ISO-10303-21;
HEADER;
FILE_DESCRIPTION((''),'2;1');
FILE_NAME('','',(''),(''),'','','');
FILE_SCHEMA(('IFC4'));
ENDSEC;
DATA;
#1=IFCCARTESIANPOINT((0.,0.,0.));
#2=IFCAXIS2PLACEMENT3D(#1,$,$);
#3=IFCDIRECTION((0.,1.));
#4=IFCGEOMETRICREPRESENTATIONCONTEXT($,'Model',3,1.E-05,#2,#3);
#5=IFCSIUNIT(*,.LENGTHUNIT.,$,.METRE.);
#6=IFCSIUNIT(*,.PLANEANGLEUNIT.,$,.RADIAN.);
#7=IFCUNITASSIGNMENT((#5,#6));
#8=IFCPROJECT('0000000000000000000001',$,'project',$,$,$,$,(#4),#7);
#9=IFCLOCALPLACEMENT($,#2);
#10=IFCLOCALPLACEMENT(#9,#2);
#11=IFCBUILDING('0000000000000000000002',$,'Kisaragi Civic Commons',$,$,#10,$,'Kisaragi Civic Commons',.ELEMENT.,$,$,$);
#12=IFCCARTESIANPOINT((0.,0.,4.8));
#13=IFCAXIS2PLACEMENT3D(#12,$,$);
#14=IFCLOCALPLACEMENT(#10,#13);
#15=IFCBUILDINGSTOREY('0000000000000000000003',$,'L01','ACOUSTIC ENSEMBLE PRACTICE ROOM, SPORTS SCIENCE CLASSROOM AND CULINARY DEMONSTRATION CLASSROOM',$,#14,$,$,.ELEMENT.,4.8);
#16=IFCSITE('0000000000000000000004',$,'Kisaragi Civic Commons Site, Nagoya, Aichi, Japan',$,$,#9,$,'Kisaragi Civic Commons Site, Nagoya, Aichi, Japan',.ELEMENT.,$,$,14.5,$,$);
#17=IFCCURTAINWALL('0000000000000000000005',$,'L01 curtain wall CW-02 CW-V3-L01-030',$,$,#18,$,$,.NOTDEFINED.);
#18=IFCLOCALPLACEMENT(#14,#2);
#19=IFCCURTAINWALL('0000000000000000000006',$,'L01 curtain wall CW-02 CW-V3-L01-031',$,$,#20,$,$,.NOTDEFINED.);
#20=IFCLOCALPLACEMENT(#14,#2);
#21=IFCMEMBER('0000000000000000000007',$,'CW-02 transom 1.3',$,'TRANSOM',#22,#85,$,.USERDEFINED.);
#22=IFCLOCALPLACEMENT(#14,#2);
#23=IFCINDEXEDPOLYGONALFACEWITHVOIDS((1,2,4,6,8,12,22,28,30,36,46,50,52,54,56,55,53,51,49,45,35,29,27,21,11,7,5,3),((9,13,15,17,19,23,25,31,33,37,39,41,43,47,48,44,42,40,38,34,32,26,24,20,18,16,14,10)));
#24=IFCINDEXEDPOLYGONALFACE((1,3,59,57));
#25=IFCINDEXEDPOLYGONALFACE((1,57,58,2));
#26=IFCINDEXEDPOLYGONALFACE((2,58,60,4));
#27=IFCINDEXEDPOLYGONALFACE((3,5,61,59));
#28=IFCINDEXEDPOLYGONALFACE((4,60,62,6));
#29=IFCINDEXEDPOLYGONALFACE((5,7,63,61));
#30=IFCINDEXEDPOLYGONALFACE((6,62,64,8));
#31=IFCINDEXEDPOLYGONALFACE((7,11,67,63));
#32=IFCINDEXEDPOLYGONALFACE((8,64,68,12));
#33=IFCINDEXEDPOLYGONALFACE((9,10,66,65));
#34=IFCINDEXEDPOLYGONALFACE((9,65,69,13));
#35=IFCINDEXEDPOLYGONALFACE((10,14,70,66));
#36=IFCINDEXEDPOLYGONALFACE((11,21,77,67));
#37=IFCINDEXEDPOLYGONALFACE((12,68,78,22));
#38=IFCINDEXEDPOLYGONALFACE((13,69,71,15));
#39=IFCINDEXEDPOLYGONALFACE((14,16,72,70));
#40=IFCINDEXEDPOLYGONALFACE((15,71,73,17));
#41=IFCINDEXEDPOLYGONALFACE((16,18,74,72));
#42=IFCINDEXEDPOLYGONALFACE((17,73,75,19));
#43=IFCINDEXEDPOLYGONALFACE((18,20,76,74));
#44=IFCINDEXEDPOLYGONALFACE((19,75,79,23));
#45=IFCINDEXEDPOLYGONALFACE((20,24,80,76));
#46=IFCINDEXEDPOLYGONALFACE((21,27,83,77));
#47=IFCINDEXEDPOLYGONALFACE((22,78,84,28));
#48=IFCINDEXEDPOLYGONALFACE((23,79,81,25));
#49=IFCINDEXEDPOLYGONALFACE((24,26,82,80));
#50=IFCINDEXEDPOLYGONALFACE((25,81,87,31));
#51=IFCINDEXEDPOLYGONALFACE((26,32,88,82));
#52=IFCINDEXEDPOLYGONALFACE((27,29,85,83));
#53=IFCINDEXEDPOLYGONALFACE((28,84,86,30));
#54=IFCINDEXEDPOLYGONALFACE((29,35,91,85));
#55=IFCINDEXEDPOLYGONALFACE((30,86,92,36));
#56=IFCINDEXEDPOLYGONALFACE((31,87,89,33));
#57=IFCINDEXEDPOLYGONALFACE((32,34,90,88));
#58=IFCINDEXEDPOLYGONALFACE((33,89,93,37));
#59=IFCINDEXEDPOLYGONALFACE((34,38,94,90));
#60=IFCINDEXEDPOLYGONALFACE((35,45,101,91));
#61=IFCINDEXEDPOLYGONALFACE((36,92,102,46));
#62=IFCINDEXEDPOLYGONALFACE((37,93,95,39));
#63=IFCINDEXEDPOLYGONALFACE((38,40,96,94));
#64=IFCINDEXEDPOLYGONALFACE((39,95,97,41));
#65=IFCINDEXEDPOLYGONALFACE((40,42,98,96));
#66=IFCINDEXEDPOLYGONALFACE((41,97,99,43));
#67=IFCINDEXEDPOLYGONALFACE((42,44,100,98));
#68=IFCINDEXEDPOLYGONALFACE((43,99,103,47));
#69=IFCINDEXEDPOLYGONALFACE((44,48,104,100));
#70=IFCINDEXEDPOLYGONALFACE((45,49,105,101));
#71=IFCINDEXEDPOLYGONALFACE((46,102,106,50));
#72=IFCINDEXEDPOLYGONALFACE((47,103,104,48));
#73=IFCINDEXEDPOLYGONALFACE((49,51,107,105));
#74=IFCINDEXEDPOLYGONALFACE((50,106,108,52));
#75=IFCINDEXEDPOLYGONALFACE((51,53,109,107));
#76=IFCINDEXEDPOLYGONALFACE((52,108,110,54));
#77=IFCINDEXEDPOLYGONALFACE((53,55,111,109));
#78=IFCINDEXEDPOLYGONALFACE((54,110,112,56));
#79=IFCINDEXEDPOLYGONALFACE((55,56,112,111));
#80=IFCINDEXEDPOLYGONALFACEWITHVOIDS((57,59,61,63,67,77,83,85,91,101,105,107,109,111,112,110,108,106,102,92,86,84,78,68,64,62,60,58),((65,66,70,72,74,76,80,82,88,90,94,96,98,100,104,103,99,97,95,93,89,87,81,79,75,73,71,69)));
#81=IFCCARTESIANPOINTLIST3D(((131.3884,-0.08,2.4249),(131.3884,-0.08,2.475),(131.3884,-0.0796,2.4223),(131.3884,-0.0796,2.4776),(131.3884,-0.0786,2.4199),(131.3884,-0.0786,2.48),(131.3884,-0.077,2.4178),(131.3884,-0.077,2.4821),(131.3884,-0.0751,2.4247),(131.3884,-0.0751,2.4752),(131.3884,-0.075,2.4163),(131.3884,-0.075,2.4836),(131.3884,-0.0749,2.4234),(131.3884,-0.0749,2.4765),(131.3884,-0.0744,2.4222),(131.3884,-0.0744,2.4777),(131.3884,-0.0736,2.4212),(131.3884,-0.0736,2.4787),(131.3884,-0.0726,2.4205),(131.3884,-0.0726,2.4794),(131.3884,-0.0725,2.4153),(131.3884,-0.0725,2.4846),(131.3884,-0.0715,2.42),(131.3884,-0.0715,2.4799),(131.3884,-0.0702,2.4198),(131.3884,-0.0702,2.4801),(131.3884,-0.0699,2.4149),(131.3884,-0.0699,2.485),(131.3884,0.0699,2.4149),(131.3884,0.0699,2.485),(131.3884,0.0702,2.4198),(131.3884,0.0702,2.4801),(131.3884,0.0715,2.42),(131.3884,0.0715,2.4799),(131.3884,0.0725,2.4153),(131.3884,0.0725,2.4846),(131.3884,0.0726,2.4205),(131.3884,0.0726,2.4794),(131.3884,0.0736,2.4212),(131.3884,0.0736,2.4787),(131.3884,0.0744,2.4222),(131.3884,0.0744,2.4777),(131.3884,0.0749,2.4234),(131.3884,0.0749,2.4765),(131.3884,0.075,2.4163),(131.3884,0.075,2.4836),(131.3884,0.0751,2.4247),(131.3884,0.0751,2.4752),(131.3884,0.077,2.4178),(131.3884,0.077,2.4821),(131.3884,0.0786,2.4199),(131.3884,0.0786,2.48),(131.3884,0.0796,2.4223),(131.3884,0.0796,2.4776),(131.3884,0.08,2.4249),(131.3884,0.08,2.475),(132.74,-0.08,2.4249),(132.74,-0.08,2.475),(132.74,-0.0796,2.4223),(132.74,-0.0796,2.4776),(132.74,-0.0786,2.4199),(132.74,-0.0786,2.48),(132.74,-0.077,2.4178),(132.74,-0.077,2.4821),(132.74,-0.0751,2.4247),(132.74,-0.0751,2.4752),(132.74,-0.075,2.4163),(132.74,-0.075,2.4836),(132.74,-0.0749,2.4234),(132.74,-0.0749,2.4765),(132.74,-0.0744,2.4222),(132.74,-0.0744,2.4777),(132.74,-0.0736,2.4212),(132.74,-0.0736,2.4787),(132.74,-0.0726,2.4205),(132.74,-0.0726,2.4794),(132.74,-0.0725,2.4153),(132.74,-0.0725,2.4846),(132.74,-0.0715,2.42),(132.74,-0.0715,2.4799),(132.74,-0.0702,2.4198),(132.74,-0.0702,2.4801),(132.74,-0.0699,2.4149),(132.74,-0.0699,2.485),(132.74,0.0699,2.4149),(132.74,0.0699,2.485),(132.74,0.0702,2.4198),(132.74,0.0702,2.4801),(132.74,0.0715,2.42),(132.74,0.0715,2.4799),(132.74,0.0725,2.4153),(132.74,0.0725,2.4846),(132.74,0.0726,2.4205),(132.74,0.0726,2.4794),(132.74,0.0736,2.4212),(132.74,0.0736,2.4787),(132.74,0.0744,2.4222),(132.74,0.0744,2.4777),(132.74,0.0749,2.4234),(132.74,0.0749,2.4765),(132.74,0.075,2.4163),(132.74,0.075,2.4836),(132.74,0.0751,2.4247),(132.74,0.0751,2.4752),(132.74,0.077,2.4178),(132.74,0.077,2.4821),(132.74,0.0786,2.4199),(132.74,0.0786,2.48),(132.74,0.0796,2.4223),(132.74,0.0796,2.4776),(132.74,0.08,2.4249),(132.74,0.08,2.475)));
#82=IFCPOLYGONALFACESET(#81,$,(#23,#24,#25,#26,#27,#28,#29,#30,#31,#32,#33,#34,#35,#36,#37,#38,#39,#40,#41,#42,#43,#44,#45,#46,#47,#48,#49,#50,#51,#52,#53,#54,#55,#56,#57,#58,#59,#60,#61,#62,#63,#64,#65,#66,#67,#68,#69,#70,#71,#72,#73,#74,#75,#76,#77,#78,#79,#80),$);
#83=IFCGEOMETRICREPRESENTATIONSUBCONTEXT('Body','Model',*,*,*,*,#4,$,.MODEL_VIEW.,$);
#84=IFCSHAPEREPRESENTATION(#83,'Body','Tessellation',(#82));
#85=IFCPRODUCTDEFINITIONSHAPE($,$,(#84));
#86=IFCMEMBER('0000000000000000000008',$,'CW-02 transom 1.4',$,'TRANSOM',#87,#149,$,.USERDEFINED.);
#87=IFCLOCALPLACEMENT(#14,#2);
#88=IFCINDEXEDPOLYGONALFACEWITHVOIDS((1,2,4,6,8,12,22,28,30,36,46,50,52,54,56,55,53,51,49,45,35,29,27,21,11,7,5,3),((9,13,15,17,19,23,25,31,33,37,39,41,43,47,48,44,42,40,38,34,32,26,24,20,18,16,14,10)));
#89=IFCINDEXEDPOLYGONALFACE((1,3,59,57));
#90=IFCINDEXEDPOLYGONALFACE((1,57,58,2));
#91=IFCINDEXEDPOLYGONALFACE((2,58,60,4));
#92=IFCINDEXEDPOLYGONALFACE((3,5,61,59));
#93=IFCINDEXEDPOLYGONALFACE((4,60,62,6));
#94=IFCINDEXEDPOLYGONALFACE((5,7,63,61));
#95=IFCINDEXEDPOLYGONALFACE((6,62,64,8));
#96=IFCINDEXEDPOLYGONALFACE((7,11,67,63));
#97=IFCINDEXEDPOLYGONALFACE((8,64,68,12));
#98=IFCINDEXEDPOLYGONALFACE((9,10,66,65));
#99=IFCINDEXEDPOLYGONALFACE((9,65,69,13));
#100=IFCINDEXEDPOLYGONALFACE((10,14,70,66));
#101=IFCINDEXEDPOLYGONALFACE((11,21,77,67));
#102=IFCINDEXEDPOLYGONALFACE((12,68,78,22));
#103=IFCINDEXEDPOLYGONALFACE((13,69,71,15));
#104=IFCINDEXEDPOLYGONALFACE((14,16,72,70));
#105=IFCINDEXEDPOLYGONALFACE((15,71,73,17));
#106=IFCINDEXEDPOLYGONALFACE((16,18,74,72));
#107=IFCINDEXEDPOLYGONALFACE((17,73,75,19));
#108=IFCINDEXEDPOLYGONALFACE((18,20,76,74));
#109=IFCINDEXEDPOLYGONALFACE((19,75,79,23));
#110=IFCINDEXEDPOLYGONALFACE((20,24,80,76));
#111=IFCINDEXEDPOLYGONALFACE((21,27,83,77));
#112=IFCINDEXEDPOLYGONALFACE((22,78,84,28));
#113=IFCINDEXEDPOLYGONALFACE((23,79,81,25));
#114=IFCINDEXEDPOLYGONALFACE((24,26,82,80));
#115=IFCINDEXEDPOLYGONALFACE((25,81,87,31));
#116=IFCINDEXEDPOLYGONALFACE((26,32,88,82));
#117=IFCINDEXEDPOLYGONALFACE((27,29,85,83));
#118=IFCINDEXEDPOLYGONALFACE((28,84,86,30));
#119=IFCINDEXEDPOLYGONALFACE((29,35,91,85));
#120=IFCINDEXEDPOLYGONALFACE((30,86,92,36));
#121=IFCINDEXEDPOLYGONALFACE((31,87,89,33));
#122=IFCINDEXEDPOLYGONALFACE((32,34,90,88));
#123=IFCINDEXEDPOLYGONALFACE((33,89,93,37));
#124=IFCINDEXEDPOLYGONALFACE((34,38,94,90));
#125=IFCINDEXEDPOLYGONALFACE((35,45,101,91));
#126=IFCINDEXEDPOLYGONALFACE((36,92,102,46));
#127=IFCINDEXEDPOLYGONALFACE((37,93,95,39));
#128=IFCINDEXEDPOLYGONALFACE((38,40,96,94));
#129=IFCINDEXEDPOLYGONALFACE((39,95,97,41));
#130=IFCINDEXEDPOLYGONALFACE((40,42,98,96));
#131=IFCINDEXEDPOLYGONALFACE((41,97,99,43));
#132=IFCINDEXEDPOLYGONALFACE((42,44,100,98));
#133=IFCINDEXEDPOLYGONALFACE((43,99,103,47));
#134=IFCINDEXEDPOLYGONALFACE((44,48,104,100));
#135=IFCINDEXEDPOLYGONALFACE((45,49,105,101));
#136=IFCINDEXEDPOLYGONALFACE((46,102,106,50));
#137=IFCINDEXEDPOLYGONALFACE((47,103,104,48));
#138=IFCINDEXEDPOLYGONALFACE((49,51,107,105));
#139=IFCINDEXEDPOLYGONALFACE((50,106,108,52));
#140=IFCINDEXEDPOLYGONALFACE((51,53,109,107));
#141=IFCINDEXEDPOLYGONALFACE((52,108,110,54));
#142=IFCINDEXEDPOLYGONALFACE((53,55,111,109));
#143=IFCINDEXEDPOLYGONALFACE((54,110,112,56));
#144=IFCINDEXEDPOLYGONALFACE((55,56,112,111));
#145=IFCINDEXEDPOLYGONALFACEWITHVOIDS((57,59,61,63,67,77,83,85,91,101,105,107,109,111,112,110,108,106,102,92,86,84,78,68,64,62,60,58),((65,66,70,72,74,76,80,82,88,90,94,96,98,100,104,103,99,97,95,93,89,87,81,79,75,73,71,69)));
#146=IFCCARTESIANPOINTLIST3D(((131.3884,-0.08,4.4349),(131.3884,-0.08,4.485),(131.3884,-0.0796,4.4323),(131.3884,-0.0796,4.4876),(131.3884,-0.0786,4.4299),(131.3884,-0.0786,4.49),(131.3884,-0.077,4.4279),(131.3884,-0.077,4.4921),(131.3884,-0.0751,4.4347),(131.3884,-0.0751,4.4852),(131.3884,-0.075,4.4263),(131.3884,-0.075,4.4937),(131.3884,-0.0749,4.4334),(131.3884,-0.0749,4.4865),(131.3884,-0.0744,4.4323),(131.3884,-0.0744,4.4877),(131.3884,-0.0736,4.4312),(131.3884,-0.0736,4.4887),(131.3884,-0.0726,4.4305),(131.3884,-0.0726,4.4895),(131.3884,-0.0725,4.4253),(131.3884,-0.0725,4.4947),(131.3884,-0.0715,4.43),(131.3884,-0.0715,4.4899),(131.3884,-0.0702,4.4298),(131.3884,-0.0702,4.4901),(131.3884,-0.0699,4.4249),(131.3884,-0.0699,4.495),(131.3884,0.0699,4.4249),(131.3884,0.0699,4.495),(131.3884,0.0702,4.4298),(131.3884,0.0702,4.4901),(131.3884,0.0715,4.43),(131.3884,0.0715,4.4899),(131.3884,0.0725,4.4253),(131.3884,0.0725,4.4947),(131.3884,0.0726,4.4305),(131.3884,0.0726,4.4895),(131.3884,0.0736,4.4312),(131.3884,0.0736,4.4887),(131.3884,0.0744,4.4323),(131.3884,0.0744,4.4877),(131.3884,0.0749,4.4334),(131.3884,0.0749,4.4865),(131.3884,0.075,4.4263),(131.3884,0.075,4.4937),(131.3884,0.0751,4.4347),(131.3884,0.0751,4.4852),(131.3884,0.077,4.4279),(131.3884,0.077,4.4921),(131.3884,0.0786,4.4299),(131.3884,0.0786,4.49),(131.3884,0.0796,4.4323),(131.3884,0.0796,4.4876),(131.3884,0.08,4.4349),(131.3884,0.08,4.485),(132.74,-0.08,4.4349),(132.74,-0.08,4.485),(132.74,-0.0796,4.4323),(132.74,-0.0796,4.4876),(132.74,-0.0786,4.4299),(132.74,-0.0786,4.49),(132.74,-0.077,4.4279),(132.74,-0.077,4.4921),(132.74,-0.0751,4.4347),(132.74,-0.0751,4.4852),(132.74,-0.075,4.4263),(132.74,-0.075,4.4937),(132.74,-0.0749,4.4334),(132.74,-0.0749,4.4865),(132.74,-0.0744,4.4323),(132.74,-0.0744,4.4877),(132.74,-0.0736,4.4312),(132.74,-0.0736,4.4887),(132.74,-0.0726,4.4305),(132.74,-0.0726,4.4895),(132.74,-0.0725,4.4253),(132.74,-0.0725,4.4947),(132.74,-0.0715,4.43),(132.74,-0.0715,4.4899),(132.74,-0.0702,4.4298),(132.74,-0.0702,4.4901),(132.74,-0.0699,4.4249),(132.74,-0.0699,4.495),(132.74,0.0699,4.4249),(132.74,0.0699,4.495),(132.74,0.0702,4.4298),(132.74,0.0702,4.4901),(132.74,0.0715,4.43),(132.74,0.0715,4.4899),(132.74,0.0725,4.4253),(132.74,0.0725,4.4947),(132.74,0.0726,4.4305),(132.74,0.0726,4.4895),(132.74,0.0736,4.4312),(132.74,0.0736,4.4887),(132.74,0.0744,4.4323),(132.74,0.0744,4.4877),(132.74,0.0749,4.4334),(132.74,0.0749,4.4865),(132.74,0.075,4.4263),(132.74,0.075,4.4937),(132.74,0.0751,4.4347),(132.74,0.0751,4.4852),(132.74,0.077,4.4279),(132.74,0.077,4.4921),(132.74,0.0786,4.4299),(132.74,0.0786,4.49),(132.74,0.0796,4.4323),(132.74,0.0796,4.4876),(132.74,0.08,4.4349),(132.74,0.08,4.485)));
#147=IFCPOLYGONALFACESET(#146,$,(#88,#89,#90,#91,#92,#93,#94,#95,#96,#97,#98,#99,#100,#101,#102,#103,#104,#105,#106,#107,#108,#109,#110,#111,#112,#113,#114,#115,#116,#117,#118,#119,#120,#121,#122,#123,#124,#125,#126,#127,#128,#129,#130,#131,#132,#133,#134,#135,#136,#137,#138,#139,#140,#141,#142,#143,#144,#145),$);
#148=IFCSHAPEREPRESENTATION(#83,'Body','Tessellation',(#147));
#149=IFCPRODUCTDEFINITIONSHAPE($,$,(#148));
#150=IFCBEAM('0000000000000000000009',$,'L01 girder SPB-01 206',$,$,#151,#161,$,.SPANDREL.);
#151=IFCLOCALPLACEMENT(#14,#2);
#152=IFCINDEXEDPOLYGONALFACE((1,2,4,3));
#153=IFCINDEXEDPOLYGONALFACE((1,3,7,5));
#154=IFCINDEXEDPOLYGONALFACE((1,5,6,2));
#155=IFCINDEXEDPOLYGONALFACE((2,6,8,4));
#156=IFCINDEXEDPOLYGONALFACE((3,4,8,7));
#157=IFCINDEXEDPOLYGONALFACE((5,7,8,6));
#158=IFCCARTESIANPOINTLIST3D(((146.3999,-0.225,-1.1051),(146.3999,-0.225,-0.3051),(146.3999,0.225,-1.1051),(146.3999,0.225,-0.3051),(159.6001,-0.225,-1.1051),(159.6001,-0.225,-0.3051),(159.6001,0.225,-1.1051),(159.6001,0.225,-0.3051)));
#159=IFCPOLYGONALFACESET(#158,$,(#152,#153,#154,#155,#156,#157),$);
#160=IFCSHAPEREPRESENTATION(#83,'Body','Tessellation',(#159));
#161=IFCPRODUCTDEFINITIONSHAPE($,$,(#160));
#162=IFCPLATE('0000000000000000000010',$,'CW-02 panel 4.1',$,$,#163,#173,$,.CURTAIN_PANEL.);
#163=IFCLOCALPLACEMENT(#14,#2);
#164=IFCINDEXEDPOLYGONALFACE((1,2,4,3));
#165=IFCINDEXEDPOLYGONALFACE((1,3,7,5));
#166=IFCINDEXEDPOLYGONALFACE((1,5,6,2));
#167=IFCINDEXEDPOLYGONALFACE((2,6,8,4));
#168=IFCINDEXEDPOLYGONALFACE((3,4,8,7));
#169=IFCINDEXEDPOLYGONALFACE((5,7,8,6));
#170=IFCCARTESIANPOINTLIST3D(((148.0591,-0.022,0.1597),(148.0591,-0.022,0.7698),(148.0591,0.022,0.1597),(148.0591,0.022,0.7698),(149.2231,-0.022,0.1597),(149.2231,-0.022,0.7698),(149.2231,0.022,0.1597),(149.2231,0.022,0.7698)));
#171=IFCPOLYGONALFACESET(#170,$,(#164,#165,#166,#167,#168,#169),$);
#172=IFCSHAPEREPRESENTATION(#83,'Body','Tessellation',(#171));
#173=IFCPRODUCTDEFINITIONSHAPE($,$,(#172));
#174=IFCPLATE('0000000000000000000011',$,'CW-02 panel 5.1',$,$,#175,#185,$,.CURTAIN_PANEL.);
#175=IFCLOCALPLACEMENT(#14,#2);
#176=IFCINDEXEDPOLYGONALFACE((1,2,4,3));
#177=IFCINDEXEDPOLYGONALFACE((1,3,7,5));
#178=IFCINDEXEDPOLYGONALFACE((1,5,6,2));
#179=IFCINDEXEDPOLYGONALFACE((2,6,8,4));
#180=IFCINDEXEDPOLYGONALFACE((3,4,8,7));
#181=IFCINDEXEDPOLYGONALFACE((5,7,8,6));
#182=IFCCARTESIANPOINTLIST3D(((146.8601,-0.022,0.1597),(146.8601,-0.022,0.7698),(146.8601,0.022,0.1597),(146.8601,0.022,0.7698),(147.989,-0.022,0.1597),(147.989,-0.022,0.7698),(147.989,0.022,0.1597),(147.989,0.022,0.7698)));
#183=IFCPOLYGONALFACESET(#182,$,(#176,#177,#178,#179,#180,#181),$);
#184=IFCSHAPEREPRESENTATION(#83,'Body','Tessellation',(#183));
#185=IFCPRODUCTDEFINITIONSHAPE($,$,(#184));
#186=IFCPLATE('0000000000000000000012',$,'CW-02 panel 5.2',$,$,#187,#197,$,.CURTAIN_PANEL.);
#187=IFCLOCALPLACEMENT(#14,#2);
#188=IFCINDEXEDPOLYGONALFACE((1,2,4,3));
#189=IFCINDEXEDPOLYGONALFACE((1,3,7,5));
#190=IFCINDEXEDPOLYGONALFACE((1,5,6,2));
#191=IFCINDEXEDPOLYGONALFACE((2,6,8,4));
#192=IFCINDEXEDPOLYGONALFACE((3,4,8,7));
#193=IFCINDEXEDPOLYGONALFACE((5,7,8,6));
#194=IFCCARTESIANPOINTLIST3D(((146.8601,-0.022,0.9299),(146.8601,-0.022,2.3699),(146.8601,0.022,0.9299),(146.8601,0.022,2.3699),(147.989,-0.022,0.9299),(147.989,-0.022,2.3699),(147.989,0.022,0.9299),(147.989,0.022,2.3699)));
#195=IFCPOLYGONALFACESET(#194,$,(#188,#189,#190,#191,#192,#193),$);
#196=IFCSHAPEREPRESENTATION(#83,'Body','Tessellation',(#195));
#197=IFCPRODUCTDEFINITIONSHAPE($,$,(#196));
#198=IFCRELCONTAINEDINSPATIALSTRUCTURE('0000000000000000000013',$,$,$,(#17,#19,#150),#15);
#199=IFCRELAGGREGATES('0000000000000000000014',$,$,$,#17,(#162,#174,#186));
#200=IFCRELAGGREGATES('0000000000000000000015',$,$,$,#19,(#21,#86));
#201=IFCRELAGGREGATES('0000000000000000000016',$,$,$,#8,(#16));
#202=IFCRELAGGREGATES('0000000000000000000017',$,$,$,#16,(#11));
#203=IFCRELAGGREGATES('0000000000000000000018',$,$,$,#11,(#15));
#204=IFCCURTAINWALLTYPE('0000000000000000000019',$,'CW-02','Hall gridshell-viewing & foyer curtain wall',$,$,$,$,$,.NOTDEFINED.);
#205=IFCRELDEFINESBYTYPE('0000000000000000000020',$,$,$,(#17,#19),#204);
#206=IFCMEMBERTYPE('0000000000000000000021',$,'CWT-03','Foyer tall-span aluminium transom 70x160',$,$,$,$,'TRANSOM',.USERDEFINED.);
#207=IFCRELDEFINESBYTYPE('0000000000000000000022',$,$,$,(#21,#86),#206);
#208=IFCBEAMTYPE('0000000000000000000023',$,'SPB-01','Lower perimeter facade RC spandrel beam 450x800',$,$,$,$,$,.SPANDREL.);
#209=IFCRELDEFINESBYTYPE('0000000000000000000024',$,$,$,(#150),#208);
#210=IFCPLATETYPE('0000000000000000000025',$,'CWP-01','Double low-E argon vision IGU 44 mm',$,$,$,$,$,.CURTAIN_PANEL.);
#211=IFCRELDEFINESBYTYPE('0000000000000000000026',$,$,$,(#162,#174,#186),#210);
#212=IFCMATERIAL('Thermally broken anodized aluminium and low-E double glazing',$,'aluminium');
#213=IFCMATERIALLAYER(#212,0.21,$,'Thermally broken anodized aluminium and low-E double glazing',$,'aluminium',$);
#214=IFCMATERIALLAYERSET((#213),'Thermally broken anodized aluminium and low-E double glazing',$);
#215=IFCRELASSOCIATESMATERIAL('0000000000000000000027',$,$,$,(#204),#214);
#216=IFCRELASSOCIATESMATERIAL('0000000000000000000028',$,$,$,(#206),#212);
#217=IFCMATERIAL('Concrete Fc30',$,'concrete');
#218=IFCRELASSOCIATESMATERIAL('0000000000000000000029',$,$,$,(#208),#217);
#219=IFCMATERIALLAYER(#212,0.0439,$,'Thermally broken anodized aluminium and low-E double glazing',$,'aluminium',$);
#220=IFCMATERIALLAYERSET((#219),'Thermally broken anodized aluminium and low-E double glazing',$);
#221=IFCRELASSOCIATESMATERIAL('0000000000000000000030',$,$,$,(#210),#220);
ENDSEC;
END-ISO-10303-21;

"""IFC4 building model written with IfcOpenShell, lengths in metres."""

from ifc_helpers import new_model, si_unit, direction, frame, origin, origin_2d, place, context, subcontext, project, spatial, rectangle, hollow_rectangle, extrude, material, layer, layer_set, material_profile, profile_set, type_object, element, aggregate, save


model = new_model("IFC4")

# Units and contexts
model_context = context("Model", 3, precision=1e-05, world=origin(), true_north=direction((0.0, 1.0)))
body_context = subcontext(model_context, "Body", "Model", "MODEL_VIEW")
ifc_project = project(units=[si_unit("LENGTHUNIT", "METRE"), si_unit("PLANEANGLEUNIT", "RADIAN")], contexts=[model_context])

# Site, building, storey
site_placement = place(None, origin())
site = spatial("IfcSite", under=ifc_project, at=site_placement, Name="Kisaragi Civic Commons Site, Nagoya, Aichi, Japan", LongName="Kisaragi Civic Commons Site, Nagoya, Aichi, Japan", CompositionType="ELEMENT", RefElevation=14.5)
building_placement = place(site_placement, origin())
building = spatial("IfcBuilding", under=site, at=building_placement, Name="Kisaragi Civic Commons", LongName="Kisaragi Civic Commons", CompositionType="ELEMENT")
storey_placement = place(building_placement, frame((0.0, 0.0, 4.8)))
storey = spatial("IfcBuildingStorey", under=building, at=storey_placement, Name="L01", Description="ACOUSTIC ENSEMBLE PRACTICE ROOM, SPORTS SCIENCE CLASSROOM AND CULINARY DEMONSTRATION CLASSROOM", CompositionType="ELEMENT", Elevation=4.8)

# Curtain walls
ifc_material_1 = material(Name="Thermally broken anodized aluminium and low-E double glazing", Category="aluminium")
ifc_layer_1 = layer(ifc_material_1, 0.21, Name="Thermally broken anodized aluminium and low-E double glazing", Category="aluminium")
ifc_layer_set_1 = layer_set([ifc_layer_1], Name="Thermally broken anodized aluminium and low-E double glazing")
curtain_wall_type = type_object("IfcCurtainWallType", Name="CW-02", Description="Hall gridshell-viewing & foyer curtain wall", PredefinedType="NOTDEFINED", material=ifc_layer_set_1)
curtain_wall_1_placement = place(storey_placement, origin())
curtain_wall_1 = element("IfcCurtainWall", 1, at=curtain_wall_1_placement, inside=storey, type_object=curtain_wall_type, Name="L01 curtain wall CW-02 CW-V3-L01-030", PredefinedType="NOTDEFINED")
curtain_wall_2_placement = place(storey_placement, origin())
curtain_wall_2 = element("IfcCurtainWall", 2, at=curtain_wall_2_placement, inside=storey, type_object=curtain_wall_type, Name="L01 curtain wall CW-02 CW-V3-L01-031", PredefinedType="NOTDEFINED")

# Members
ifc_material_profile_1 = material_profile(ifc_material_1, hollow_rectangle(XDim=0.1599, YDim=0.0701, WallThickness=0.0049, InnerFilletRadius=0.0049, OuterFilletRadius=0.01, at=origin_2d()), Name="CWT-70x160x5", Category="aluminium")
ifc_profile_set_1 = profile_set([ifc_material_profile_1], Name="Thermally broken anodized aluminium and low-E double glazing")
member_type_1 = type_object("IfcMemberType", Name="CWT-03", Description="Foyer tall-span aluminium transom 70x160", ElementType="TRANSOM", PredefinedType="USERDEFINED", material=ifc_profile_set_1)
member_1_placement = place(storey_placement, frame((132.74, 0.0, 2.45), z_axis=(-1.0, 0.0, 0.0), x_axis=(0.0, -1.0, 0.0)))
member_1 = element("IfcMember", 3, at=member_1_placement, type_object=member_type_1, Name="CW-02 transom 1.3", ObjectType="TRANSOM", PredefinedType="USERDEFINED", context=body_context, shape_type="SweptSolid", body=[
    extrude(hollow_rectangle(XDim=0.1599, YDim=0.0701, WallThickness=0.0049, InnerFilletRadius=0.0049, OuterFilletRadius=0.01, at=origin_2d()), origin(), (0.0, 0.0, 1.0), 1.3516),
])
member_2_placement = place(storey_placement, frame((132.74, 0.0, 4.46), z_axis=(-1.0, 0.0, 0.0), x_axis=(0.0, -1.0, 0.0)))
member_2 = element("IfcMember", 4, at=member_2_placement, type_object=member_type_1, Name="CW-02 transom 1.4", ObjectType="TRANSOM", PredefinedType="USERDEFINED", context=body_context, shape_type="SweptSolid", body=[
    extrude(hollow_rectangle(XDim=0.1599, YDim=0.0701, WallThickness=0.0049, InnerFilletRadius=0.0049, OuterFilletRadius=0.01, at=origin_2d()), origin(), (0.0, 0.0, 1.0), 1.3516),
])

# Beam
ifc_material_2 = material(Name="Concrete Fc30", Category="concrete")
ifc_material_profile_2 = material_profile(ifc_material_2, rectangle(XDim=0.45, YDim=0.8, at=origin_2d()), Name="RC-450x800", Category="concrete")
ifc_profile_set_2 = profile_set([ifc_material_profile_2], Name="Concrete Fc30")
beam_type = type_object("IfcBeamType", Name="SPB-01", Description="Lower perimeter facade RC spandrel beam 450x800", PredefinedType="SPANDREL", material=ifc_profile_set_2)
beam_placement = place(storey_placement, frame((146.3999, 0.0, -0.7051), z_axis=(1.0, 0.0, 0.0), x_axis=(0.0, 1.0, 0.0)))
element("IfcBeam", 5, at=beam_placement, inside=storey, type_object=beam_type, Name="L01 girder SPB-01 206", PredefinedType="SPANDREL", context=body_context, shape_type="SweptSolid", body=[
    extrude(rectangle(XDim=0.45, YDim=0.8, at=origin_2d()), origin(), (0.0, 0.0, 1.0), 13.2002),
])

# Plates
ifc_layer_2 = layer(ifc_material_1, 0.0439, Name="Thermally broken anodized aluminium and low-E double glazing", Category="aluminium")
ifc_layer_set_2 = layer_set([ifc_layer_2], Name="Thermally broken anodized aluminium and low-E double glazing")
plate_type_1 = type_object("IfcPlateType", Name="CWP-01", Description="Double low-E argon vision IGU 44 mm", PredefinedType="CURTAIN_PANEL", material=ifc_layer_set_2)
plate_1_placement = place(storey_placement, frame((148.6411, 0.0, 0.1597), z_axis=(0.0, 0.0, 1.0), x_axis=(-1.0, 0.0, 0.0)))
plate_1 = element("IfcPlate", 6, at=plate_1_placement, type_object=plate_type_1, Name="CW-02 panel 4.1", PredefinedType="CURTAIN_PANEL", context=body_context, shape_type="SweptSolid", body=[
    extrude(rectangle(XDim=1.1641, YDim=0.0439, at=origin_2d()), origin(), (0.0, 0.0, 1.0), 0.6101),
])
plate_2_placement = place(storey_placement, frame((147.4246, 0.0, 0.1597), z_axis=(0.0, 0.0, 1.0), x_axis=(-1.0, 0.0, 0.0)))
plate_2 = element("IfcPlate", 7, at=plate_2_placement, type_object=plate_type_1, Name="CW-02 panel 5.1", PredefinedType="CURTAIN_PANEL", context=body_context, shape_type="SweptSolid", body=[
    extrude(rectangle(XDim=1.1289, YDim=0.0439, at=origin_2d()), origin(), (0.0, 0.0, 1.0), 0.6101),
])
plate_3_placement = place(storey_placement, frame((147.4246, 0.0, 0.9299), z_axis=(0.0, 0.0, 1.0), x_axis=(-1.0, 0.0, 0.0)))
plate_3 = element("IfcPlate", 8, at=plate_3_placement, type_object=plate_type_1, Name="CW-02 panel 5.2", PredefinedType="CURTAIN_PANEL", context=body_context, shape_type="SweptSolid", body=[
    extrude(rectangle(XDim=1.1289, YDim=0.0439, at=origin_2d()), origin(), (0.0, 0.0, 1.0), 1.4399),
])
aggregate(curtain_wall_1, [plate_1, plate_2, plate_3])
aggregate(curtain_wall_2, [member_1, member_2])

save(model, "model.ifc")
